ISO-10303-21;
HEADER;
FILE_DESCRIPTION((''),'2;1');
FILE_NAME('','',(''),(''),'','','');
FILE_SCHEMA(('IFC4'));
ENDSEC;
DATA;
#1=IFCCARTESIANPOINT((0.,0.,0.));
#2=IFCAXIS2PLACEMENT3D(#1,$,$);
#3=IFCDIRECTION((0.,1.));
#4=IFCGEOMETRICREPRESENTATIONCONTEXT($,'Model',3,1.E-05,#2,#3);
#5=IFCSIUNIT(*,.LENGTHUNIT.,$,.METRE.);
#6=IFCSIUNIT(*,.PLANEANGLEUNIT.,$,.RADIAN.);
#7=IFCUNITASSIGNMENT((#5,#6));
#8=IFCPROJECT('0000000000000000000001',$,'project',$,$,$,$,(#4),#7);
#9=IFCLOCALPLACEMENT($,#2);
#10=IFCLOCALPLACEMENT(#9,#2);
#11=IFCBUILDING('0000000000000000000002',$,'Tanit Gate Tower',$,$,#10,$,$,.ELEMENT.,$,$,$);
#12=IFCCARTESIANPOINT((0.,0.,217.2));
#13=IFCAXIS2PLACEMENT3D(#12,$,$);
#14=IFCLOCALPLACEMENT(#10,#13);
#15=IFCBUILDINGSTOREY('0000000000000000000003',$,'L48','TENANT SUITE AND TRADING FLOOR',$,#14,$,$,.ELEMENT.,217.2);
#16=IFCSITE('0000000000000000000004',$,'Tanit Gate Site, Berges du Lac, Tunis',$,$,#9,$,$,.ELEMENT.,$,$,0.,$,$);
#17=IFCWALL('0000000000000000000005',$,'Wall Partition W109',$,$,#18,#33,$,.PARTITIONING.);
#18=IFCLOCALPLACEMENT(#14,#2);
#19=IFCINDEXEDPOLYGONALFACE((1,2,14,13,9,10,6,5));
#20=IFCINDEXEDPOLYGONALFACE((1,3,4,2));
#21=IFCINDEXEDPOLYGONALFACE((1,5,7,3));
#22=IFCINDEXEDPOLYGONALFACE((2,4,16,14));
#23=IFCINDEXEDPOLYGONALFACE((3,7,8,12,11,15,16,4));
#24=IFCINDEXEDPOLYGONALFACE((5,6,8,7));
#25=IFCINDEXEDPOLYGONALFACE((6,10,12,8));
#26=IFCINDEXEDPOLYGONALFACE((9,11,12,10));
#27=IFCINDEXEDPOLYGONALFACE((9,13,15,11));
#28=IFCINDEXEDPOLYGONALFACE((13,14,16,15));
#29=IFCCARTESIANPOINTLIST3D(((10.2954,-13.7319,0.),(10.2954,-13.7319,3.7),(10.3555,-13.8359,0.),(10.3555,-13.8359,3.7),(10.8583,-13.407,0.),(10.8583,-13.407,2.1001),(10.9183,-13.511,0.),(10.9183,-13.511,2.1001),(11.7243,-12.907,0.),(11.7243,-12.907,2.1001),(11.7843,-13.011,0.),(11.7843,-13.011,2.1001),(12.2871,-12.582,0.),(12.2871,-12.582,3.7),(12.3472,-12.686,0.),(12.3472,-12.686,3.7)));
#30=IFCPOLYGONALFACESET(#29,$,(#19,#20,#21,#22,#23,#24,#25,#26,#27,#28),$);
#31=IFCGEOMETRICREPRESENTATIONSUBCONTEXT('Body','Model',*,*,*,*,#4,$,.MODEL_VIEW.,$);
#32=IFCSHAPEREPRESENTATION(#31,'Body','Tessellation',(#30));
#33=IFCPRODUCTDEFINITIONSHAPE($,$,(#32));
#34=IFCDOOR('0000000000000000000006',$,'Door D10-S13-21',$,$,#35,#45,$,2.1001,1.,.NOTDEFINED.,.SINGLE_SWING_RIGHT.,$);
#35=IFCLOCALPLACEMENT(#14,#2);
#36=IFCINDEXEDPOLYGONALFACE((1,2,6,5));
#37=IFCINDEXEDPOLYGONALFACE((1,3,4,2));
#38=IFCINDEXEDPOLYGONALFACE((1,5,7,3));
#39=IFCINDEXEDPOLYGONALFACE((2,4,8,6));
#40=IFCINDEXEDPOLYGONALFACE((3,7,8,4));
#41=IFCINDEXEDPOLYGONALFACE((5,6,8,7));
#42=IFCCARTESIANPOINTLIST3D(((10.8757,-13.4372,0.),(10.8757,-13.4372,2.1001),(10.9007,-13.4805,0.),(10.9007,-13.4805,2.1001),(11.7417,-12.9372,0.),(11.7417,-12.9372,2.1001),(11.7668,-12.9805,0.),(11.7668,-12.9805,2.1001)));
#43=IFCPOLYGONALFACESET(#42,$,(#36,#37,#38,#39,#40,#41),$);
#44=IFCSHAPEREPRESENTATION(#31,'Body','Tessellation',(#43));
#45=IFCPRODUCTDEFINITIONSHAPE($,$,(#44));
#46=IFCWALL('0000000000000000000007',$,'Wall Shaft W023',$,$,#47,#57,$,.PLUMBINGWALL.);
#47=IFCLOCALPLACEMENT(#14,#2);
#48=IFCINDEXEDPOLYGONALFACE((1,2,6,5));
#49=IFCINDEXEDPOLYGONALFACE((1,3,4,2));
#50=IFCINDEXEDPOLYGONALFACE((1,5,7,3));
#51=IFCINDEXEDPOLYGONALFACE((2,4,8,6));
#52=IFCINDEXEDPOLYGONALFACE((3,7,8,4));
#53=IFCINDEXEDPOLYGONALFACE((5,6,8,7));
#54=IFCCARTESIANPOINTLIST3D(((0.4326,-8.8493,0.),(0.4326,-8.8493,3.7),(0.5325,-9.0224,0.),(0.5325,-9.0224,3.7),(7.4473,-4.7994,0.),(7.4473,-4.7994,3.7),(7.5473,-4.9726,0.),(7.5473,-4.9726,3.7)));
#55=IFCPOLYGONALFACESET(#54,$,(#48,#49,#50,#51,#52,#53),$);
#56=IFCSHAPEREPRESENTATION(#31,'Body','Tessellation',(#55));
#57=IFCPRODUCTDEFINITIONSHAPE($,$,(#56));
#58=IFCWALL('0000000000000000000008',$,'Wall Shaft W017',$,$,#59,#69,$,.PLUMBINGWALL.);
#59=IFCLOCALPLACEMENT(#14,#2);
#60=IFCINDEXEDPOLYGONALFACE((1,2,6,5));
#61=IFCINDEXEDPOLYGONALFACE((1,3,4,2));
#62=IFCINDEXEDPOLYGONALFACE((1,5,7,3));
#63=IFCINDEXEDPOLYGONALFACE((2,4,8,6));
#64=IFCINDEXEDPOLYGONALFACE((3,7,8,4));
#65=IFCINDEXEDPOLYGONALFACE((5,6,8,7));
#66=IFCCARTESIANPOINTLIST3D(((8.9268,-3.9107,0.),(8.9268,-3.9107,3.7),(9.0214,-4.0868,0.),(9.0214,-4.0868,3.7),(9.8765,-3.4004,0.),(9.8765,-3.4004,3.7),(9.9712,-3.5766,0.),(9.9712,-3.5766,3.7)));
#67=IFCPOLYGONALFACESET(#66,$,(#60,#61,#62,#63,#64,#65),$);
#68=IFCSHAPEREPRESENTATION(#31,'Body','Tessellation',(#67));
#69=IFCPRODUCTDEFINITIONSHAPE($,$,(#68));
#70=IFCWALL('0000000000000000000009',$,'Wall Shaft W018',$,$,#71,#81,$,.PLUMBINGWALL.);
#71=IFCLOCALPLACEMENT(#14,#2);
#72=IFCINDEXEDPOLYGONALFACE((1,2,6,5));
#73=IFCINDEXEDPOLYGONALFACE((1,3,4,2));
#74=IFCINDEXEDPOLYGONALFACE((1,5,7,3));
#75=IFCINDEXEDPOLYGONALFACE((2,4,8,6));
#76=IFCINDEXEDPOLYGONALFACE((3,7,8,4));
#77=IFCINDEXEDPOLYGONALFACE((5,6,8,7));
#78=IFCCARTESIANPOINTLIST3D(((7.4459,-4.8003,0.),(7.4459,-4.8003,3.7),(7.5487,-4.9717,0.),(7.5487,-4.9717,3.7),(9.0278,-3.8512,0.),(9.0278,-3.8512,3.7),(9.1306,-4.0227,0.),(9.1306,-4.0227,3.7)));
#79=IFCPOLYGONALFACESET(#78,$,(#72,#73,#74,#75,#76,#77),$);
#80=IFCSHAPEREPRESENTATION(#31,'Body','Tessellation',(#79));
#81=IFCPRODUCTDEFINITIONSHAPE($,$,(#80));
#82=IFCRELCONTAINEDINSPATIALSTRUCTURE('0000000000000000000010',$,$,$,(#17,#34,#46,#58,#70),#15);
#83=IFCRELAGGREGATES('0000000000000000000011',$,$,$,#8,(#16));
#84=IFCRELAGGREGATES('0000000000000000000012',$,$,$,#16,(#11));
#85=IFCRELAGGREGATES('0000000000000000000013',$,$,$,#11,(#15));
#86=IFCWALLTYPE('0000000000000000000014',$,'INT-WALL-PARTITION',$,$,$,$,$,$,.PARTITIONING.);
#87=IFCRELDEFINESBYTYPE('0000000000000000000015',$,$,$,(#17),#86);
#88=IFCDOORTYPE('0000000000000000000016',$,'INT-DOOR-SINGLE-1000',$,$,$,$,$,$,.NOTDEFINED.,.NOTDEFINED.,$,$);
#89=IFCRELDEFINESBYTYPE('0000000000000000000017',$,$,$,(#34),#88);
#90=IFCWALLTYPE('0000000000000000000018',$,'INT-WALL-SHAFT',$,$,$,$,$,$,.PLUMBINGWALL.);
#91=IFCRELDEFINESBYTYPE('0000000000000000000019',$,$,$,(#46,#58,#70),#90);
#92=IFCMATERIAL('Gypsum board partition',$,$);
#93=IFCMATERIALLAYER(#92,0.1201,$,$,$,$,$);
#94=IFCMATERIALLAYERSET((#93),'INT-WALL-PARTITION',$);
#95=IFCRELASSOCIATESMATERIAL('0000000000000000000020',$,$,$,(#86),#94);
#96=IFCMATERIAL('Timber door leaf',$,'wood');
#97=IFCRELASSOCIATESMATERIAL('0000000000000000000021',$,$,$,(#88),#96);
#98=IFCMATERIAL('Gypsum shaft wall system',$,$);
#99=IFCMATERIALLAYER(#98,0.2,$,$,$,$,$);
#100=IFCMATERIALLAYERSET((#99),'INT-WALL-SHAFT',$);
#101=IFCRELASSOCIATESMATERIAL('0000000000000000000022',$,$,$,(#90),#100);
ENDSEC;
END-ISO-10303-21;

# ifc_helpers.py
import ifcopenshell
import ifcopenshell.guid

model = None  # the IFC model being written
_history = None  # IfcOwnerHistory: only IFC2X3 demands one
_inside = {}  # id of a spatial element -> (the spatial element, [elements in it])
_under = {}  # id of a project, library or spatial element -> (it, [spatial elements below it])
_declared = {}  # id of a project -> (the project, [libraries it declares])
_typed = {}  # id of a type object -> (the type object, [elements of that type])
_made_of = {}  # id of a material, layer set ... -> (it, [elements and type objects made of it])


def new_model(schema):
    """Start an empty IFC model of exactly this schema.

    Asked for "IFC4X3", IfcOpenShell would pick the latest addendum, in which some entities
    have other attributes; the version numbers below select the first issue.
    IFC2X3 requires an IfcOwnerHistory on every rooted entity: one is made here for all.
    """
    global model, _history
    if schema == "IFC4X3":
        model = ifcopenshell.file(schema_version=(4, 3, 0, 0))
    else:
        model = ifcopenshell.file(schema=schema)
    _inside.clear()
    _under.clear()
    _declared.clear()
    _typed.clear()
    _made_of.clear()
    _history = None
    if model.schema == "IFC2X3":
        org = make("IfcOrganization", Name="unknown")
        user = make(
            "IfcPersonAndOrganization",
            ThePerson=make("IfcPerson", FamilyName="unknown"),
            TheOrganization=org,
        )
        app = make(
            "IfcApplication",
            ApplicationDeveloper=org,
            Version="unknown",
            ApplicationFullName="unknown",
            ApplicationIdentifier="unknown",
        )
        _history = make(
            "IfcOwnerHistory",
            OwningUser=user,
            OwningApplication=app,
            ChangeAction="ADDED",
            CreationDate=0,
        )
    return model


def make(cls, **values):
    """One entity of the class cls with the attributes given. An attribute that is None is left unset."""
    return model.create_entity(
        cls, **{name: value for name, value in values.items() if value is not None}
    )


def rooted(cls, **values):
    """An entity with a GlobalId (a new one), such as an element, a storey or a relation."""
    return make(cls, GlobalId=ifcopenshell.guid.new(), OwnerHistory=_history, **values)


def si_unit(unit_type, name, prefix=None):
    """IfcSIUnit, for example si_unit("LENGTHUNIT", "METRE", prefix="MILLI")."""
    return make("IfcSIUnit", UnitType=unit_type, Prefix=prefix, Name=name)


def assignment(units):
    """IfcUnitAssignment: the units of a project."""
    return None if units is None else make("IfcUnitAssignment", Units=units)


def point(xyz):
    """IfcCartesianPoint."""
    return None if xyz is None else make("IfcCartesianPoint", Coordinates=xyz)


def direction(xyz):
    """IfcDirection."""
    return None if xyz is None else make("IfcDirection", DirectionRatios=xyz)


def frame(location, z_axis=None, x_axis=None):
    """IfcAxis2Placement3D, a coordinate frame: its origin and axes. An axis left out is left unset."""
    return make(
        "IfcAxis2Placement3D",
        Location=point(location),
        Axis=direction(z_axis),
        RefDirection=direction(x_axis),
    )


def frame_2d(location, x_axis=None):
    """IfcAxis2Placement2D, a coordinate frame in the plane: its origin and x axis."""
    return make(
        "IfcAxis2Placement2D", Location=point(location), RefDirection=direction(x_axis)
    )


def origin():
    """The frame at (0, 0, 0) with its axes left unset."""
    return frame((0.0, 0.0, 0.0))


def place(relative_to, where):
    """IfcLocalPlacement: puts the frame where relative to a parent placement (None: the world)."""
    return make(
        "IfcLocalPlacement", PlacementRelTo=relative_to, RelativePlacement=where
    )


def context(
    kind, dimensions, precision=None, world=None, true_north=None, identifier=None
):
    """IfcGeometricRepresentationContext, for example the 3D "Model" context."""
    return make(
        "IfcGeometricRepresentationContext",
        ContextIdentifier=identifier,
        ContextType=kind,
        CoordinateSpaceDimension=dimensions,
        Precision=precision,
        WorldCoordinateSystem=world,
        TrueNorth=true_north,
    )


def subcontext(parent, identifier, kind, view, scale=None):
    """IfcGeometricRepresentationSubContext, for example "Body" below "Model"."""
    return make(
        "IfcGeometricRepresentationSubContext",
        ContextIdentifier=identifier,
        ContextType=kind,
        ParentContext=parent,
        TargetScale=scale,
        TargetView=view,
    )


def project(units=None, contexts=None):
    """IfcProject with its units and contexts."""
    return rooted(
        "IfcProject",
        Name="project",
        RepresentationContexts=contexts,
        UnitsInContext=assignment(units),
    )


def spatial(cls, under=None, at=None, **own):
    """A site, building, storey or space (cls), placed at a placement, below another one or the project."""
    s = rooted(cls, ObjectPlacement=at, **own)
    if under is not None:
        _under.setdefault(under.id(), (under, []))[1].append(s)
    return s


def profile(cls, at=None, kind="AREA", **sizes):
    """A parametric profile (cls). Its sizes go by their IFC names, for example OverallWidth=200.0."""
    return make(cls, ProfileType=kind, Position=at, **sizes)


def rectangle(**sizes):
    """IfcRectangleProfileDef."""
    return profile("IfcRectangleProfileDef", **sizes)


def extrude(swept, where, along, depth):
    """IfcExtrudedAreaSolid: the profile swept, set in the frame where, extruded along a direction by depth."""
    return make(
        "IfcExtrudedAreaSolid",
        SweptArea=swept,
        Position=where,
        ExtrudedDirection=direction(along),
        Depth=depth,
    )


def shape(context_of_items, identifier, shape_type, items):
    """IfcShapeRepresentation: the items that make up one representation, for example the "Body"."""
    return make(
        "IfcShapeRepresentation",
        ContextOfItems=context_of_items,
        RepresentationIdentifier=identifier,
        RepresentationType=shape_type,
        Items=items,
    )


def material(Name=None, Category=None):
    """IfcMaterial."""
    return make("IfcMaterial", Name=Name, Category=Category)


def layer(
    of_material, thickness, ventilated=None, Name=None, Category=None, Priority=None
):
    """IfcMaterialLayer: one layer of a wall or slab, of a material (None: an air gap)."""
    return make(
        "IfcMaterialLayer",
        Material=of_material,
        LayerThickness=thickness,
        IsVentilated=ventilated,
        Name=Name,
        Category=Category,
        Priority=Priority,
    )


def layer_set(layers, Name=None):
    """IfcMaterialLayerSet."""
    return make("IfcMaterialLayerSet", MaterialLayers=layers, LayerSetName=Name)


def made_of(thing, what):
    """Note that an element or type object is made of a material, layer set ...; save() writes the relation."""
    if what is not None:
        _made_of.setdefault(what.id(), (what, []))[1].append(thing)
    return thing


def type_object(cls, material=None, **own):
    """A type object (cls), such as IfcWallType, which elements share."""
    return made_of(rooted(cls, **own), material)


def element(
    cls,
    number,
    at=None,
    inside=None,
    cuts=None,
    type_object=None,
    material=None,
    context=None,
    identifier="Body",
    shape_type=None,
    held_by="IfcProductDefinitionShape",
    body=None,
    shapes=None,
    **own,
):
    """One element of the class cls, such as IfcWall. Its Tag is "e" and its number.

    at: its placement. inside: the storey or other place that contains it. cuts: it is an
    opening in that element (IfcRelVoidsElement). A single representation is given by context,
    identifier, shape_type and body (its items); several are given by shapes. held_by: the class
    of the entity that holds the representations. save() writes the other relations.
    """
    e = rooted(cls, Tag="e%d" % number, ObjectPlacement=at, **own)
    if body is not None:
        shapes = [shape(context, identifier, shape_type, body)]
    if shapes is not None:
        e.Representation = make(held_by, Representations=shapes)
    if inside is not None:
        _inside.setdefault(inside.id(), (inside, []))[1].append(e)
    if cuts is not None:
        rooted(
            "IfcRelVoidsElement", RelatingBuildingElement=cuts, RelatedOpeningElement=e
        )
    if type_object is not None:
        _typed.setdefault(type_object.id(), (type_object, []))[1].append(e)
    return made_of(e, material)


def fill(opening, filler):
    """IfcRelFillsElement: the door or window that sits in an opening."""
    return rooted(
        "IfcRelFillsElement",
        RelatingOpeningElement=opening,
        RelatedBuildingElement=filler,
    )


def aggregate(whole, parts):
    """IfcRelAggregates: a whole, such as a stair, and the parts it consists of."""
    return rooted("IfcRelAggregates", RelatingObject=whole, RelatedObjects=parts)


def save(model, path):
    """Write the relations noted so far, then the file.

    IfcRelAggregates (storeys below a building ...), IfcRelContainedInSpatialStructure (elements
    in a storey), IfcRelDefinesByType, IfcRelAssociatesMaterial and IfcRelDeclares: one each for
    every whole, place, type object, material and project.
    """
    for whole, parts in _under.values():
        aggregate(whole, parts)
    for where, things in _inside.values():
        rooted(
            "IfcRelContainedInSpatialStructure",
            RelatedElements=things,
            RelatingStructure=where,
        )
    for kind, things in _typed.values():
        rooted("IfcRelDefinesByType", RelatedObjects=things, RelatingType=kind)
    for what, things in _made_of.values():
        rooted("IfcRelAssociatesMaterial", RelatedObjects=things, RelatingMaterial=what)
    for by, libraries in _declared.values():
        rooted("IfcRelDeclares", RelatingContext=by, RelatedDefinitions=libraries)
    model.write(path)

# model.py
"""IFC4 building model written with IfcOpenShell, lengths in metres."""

from ifc_helpers import new_model, si_unit, direction, frame, frame_2d, origin, place, context, subcontext, project, spatial, rectangle, extrude, material, layer, layer_set, type_object, element, fill, save


model = new_model("IFC4")

# Units and contexts
model_context = context("Model", 3, precision=1e-05, world=origin(), true_north=direction((0.0, 1.0)))
body_context = subcontext(model_context, "Body", "Model", "MODEL_VIEW")
ifc_project = project(units=[si_unit("LENGTHUNIT", "METRE"), si_unit("PLANEANGLEUNIT", "RADIAN")], contexts=[model_context])

# Site, building, storey
site_placement = place(None, origin())
site = spatial("IfcSite", under=ifc_project, at=site_placement, Name="Tanit Gate Site, Berges du Lac, Tunis", CompositionType="ELEMENT", RefElevation=0.0)
building_placement = place(site_placement, origin())
building = spatial("IfcBuilding", under=site, at=building_placement, Name="Tanit Gate Tower", CompositionType="ELEMENT")
storey_placement = place(building_placement, frame((0.0, 0.0, 217.2)))
storey = spatial("IfcBuildingStorey", under=building, at=storey_placement, Name="L48", Description="TENANT SUITE AND TRADING FLOOR", CompositionType="ELEMENT", Elevation=217.2)

# Shared definitions
ifc_material_1 = material(Name="Gypsum board partition")
ifc_layer_1 = layer(ifc_material_1, 0.1201)
ifc_layer_set_1 = layer_set([ifc_layer_1], Name="INT-WALL-PARTITION")
wall_type_1 = type_object("IfcWallType", Name="INT-WALL-PARTITION", PredefinedType="PARTITIONING", material=ifc_layer_set_1)

# Wall, opening, door
wall_1_placement = place(storey_placement, frame((12.3171, -12.634, 0.0), z_axis=(0.0, 0.0, 1.0), x_axis=(-0.866026, -0.499998, 0.0)))
wall_1 = element("IfcWall", 1, at=wall_1_placement, inside=storey, type_object=wall_type_1, Name="Wall Partition W109", PredefinedType="PARTITIONING", context=body_context, shape_type="SweptSolid", body=[
    extrude(rectangle(XDim=2.2998, YDim=0.1201, at=frame_2d((1.1499, 0.0))), origin(), (0.0, 0.0, 1.0), 3.7),
])
opening_1_placement = place(wall_1_placement, frame((0.6499, 0.0, 0.0)))
opening_1 = element("IfcOpeningElement", 2, at=opening_1_placement, cuts=wall_1, PredefinedType="OPENING", context=body_context, shape_type="SweptSolid", body=[
    extrude(rectangle(XDim=1.0, YDim=2.1001, at=frame_2d((0.5, 1.05))), frame((0.0, 0.0701, 0.0), z_axis=(0.0, -1.0, 0.0), x_axis=(1.0, 0.0, 0.0)), (0.0, 0.0, 1.0), 0.1401),
])
ifc_material_2 = material(Name="Timber door leaf", Category="wood")
door_type_1 = type_object("IfcDoorType", Name="INT-DOOR-SINGLE-1000", OperationType="NOTDEFINED", PredefinedType="NOTDEFINED", material=ifc_material_2)
door_1_placement = place(opening_1_placement, origin())
door_1 = element("IfcDoor", 3, at=door_1_placement, inside=storey, type_object=door_type_1, Name="Door D10-S13-21", OperationType="SINGLE_SWING_RIGHT", OverallHeight=2.1001, OverallWidth=1.0, PredefinedType="NOTDEFINED", context=body_context, shape_type="SweptSolid", body=[
    extrude(rectangle(XDim=1.0, YDim=2.1001, at=frame_2d((0.5, 1.05))), frame((0.0, 0.0249, 0.0), z_axis=(0.0, -1.0, 0.0), x_axis=(1.0, 0.0, 0.0)), (0.0, 0.0, 1.0), 0.05),
])
fill(opening_1, door_1)

# Walls
ifc_material_3 = material(Name="Gypsum shaft wall system")
ifc_layer_2 = layer(ifc_material_3, 0.2)
ifc_layer_set_2 = layer_set([ifc_layer_2], Name="INT-WALL-SHAFT")
wall_type_2 = type_object("IfcWallType", Name="INT-WALL-SHAFT", PredefinedType="PLUMBINGWALL", material=ifc_layer_set_2)
wall_2_placement = place(storey_placement, frame((0.4827, -8.9358, 0.0), z_axis=(0.0, 0.0, 1.0), x_axis=(0.866031, 0.49999, 0.0)))
element("IfcWall", 4, at=wall_2_placement, inside=storey, type_object=wall_type_2, Name="Wall Shaft W023", PredefinedType="PLUMBINGWALL", context=body_context, shape_type="SweptSolid", body=[
    extrude(rectangle(XDim=8.0999, YDim=0.2, at=frame_2d((4.0498, 0.0))), origin(), (0.0, 0.0, 1.0), 3.7),
])
wall_3_placement = place(storey_placement, frame((8.9741, -3.9988, 0.0), z_axis=(0.0, 0.0, 1.0), x_axis=(0.880907, 0.473289, 0.0)))
element("IfcWall", 5, at=wall_3_placement, inside=storey, type_object=wall_type_2, Name="Wall Shaft W017", PredefinedType="PLUMBINGWALL", context=body_context, shape_type="SweptSolid", body=[
    extrude(rectangle(XDim=1.0781, YDim=0.2, at=frame_2d((0.5391, 0.0))), origin(), (0.0, 0.0, 1.0), 3.7),
])
wall_4_placement = place(storey_placement, frame((7.4973, -4.886, 0.0), z_axis=(0.0, 0.0, 1.0), x_axis=(0.857516, 0.514457, 0.0)))
element("IfcWall", 6, at=wall_4_placement, inside=storey, type_object=wall_type_2, Name="Wall Shaft W018", PredefinedType="PLUMBINGWALL", context=body_context, shape_type="SweptSolid", body=[
    extrude(rectangle(XDim=1.8447, YDim=0.2, at=frame_2d((0.9224, 0.0))), origin(), (0.0, 0.0, 1.0), 3.7),
])

save(model, "model.ifc")
